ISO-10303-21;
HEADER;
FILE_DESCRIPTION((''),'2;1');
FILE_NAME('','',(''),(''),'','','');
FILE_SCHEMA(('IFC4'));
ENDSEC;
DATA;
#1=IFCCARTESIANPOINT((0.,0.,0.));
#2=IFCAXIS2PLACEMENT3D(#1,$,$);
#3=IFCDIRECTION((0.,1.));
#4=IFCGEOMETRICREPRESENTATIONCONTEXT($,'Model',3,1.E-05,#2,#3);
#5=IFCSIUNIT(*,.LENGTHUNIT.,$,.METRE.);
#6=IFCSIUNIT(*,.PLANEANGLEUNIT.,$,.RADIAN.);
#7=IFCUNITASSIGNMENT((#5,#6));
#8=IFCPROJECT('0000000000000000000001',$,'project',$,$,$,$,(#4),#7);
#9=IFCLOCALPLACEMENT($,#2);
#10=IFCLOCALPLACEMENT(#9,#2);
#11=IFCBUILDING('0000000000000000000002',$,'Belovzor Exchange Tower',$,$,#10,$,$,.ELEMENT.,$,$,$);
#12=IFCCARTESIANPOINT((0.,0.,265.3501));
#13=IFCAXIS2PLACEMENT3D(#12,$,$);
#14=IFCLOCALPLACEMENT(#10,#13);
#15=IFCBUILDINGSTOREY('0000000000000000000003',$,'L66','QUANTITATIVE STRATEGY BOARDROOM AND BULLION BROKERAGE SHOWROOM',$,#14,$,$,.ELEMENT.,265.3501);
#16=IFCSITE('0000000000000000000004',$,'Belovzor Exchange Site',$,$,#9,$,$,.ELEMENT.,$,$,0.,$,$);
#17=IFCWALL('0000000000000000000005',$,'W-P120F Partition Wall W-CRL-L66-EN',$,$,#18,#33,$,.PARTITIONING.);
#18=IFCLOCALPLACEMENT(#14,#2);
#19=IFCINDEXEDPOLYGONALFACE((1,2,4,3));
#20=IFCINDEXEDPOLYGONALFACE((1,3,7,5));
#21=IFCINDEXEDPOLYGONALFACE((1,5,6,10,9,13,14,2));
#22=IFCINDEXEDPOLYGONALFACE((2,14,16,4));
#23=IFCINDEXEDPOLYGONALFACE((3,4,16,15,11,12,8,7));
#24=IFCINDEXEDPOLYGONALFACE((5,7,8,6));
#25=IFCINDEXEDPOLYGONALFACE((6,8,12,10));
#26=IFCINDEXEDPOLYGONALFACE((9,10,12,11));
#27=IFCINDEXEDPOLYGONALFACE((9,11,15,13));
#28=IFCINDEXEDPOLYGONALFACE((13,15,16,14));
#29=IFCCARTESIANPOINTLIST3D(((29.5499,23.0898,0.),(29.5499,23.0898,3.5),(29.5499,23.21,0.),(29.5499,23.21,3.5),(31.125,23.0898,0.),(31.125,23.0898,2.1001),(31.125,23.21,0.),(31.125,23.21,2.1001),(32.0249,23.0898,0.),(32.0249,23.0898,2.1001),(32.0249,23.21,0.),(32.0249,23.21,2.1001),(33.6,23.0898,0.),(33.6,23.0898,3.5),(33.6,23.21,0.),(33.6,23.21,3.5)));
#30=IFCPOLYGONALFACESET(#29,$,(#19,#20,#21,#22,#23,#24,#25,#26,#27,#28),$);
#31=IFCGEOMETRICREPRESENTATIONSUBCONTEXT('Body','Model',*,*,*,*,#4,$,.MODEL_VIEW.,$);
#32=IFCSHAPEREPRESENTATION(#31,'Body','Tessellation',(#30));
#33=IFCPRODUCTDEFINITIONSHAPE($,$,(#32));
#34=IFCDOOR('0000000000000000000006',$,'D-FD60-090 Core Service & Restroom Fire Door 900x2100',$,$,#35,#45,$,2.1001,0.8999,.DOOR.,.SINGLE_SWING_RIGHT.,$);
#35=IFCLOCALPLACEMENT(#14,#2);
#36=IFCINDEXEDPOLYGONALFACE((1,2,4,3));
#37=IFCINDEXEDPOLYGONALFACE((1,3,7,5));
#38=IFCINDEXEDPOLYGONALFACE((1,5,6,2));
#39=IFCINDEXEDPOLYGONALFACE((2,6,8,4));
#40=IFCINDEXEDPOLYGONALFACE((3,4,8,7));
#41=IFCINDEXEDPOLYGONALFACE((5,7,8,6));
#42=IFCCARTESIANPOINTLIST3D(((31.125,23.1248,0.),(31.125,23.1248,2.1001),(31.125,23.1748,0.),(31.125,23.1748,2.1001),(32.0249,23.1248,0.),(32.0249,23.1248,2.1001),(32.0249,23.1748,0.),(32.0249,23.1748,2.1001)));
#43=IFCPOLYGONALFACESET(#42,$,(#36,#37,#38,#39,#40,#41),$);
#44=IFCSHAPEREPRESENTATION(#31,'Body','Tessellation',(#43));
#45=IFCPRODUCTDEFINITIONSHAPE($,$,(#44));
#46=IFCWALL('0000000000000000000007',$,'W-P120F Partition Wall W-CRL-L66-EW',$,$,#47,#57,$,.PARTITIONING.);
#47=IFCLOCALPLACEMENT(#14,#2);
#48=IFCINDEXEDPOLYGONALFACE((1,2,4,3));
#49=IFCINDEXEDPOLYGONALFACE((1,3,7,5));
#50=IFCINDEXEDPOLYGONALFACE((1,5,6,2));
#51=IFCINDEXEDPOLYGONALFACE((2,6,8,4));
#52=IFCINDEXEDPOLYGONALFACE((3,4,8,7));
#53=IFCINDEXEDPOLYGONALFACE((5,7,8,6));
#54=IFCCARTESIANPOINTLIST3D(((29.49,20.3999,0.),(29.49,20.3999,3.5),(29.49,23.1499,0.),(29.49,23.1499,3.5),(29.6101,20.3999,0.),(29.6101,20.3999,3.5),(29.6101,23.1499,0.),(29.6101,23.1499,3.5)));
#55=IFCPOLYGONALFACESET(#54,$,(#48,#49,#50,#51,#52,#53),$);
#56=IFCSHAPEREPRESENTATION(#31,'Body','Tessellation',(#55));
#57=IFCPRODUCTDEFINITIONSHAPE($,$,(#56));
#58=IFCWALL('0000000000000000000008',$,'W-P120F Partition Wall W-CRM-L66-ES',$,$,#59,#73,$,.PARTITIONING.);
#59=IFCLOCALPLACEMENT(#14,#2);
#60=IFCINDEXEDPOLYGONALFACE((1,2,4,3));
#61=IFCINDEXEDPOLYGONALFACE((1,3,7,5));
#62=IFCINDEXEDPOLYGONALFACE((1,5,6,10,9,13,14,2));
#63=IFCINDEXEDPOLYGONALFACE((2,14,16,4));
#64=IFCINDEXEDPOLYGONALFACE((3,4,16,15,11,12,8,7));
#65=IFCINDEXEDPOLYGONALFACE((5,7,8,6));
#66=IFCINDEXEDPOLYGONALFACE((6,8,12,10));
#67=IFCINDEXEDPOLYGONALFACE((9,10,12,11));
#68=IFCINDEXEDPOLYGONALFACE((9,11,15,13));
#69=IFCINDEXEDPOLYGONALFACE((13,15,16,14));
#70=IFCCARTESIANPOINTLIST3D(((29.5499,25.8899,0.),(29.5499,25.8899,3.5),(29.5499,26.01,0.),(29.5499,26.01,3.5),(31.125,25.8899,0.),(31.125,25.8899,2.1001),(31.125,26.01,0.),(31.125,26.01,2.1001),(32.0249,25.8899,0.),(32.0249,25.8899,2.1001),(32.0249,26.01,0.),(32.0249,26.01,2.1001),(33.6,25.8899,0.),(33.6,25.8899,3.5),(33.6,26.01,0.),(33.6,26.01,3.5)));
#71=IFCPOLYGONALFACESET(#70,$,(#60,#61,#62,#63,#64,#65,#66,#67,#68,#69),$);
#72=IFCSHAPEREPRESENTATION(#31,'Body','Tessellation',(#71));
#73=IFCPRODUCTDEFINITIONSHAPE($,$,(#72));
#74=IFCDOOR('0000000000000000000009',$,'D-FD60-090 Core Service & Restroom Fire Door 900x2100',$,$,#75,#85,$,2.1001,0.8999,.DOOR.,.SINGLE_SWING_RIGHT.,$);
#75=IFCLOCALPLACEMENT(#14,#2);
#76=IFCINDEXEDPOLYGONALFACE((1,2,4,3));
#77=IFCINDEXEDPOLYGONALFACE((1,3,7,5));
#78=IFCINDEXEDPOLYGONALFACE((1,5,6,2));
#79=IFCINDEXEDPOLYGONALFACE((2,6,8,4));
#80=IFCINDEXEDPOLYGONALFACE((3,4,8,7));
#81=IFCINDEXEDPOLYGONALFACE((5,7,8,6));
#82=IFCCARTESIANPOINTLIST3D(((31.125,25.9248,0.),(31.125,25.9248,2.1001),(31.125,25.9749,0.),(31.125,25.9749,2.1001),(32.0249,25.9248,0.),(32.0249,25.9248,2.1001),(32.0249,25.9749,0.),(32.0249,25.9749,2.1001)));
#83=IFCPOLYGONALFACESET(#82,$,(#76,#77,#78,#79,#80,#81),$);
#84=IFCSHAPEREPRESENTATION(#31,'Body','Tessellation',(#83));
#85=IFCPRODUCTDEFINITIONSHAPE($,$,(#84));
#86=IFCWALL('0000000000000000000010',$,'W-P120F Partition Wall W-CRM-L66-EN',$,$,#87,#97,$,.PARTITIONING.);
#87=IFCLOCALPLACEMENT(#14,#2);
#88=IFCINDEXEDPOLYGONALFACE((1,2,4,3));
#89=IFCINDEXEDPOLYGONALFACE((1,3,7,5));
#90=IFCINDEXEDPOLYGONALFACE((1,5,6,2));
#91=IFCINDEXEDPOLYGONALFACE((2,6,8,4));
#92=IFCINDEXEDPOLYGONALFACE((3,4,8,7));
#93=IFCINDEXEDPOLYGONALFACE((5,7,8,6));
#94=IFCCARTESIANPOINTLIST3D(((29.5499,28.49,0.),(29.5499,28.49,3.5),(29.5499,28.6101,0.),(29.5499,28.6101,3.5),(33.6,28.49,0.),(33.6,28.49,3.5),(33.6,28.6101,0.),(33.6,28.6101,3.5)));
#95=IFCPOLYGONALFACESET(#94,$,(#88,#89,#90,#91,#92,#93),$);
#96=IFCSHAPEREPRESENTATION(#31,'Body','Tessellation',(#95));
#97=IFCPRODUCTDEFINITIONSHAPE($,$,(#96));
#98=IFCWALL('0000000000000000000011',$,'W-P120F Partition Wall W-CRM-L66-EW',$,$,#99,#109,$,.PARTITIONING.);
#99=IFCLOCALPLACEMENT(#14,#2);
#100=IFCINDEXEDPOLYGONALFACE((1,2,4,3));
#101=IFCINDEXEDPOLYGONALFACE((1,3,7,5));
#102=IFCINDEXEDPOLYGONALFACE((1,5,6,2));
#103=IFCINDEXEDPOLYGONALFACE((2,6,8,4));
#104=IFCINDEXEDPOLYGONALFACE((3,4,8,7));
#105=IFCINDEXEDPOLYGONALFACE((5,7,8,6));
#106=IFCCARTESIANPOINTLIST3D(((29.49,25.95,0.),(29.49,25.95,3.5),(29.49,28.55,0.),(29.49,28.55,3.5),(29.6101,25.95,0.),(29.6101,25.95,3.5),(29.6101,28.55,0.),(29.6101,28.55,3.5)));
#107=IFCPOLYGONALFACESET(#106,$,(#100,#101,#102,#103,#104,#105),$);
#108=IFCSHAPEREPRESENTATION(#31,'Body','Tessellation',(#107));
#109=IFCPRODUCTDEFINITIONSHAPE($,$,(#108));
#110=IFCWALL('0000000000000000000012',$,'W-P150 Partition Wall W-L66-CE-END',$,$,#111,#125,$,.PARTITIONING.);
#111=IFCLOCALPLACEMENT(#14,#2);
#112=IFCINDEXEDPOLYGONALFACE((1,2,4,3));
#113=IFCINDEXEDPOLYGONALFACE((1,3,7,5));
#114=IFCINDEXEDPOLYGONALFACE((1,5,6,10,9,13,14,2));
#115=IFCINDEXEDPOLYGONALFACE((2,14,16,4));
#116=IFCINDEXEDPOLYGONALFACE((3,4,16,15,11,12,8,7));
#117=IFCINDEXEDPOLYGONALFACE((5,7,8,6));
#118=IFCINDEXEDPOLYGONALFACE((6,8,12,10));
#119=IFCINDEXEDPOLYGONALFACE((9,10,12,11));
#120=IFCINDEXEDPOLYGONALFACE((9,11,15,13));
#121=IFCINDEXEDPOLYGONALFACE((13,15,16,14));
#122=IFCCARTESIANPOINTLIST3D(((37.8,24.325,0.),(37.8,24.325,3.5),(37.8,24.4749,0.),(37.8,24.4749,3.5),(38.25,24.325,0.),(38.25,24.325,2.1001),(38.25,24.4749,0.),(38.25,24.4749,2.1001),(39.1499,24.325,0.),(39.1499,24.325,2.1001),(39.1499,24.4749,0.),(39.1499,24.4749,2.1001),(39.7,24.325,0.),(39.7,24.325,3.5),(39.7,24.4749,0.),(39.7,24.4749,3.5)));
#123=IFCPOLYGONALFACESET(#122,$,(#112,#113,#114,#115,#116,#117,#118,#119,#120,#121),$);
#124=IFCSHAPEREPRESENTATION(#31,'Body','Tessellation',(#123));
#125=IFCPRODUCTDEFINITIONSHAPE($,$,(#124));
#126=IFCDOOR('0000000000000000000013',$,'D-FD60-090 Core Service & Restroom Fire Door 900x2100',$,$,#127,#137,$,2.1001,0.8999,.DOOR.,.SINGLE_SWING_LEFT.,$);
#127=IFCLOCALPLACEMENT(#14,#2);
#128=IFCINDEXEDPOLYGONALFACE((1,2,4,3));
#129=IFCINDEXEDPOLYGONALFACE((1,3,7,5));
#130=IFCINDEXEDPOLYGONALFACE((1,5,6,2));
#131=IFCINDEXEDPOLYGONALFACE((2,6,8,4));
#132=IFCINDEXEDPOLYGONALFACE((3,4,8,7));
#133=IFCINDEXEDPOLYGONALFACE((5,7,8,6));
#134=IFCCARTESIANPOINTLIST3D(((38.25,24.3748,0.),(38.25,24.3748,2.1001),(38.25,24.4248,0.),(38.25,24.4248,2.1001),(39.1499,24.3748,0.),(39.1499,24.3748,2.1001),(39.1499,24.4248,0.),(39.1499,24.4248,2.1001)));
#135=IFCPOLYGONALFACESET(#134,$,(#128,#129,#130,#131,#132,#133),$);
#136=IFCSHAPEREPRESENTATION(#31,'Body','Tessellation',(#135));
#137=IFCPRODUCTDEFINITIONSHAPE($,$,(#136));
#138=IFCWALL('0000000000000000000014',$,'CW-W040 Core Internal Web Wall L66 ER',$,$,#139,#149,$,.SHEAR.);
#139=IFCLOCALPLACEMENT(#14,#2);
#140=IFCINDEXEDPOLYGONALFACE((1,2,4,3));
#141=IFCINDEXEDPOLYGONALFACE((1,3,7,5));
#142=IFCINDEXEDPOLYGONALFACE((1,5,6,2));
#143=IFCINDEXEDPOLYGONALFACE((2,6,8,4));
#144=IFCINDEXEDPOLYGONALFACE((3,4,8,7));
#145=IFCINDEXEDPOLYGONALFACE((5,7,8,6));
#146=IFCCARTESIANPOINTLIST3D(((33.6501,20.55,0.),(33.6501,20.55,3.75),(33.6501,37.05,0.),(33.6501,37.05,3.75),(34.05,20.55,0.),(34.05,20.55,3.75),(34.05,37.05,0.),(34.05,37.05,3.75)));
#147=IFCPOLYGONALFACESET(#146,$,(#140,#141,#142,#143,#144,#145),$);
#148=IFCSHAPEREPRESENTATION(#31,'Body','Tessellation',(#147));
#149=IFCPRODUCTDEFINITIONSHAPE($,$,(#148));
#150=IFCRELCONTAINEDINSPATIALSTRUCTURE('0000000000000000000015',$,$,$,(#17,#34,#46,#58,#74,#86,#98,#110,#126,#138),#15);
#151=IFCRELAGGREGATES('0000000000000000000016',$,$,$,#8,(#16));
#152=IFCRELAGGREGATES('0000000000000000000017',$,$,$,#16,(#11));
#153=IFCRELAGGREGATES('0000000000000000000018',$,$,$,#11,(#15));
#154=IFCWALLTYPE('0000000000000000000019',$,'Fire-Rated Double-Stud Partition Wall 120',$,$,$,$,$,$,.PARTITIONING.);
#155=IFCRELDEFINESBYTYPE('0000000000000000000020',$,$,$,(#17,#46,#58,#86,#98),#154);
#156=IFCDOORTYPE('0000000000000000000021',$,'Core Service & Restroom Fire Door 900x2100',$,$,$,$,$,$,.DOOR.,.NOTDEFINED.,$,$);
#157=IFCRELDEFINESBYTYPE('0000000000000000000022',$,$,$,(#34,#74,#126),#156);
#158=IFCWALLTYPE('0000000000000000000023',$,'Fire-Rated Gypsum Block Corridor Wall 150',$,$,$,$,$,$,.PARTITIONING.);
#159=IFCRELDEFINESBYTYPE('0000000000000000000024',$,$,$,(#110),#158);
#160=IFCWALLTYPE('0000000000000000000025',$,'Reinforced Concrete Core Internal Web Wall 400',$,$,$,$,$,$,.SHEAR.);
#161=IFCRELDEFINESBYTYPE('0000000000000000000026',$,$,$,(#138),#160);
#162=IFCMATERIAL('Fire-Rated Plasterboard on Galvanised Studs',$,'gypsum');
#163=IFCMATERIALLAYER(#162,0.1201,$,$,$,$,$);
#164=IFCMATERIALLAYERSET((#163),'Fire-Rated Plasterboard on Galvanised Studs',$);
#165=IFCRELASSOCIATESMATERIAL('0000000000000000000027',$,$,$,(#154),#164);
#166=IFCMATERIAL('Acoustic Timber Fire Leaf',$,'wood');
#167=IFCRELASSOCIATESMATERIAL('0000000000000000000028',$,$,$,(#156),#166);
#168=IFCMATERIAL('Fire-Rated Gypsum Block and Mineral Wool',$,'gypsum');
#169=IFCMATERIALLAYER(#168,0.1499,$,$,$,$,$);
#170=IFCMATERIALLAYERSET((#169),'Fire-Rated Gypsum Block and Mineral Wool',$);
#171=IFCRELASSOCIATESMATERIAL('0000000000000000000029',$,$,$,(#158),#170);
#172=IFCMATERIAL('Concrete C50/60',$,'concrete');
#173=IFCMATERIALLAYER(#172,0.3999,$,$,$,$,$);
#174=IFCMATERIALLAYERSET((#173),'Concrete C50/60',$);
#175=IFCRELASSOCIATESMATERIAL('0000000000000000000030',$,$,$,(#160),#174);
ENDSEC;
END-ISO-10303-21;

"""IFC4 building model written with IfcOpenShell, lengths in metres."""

from ifc_helpers import new_model, si_unit, direction, frame, frame_2d, origin, place, context, subcontext, project, spatial, rectangle, extrude, material, layer, layer_set, type_object, element, fill, save


model = new_model("IFC4")

# Units and contexts
model_context = context("Model", 3, precision=1e-05, world=origin(), true_north=direction((0.0, 1.0)))
body_context = subcontext(model_context, "Body", "Model", "MODEL_VIEW")
ifc_project = project(units=[si_unit("LENGTHUNIT", "METRE"), si_unit("PLANEANGLEUNIT", "RADIAN")], contexts=[model_context])

# Site, building, storey
site_placement = place(None, origin())
site = spatial("IfcSite", under=ifc_project, at=site_placement, Name="Belovzor Exchange Site", CompositionType="ELEMENT", RefElevation=0.0)
building_placement = place(site_placement, origin())
building = spatial("IfcBuilding", under=site, at=building_placement, Name="Belovzor Exchange Tower", CompositionType="ELEMENT")
storey_placement = place(building_placement, frame((0.0, 0.0, 265.3501)))
storey = spatial("IfcBuildingStorey", under=building, at=storey_placement, Name="L66", Description="QUANTITATIVE STRATEGY BOARDROOM AND BULLION BROKERAGE SHOWROOM", CompositionType="ELEMENT", Elevation=265.3501)

# Wall, opening, door
ifc_material_1 = material(Name="Fire-Rated Plasterboard on Galvanised Studs", Category="gypsum")
ifc_layer_1 = layer(ifc_material_1, 0.1201)
ifc_layer_set_1 = layer_set([ifc_layer_1], Name="Fire-Rated Plasterboard on Galvanised Studs")
wall_type_1 = type_object("IfcWallType", Name="Fire-Rated Double-Stud Partition Wall 120", PredefinedType="PARTITIONING", material=ifc_layer_set_1)
wall_1_placement = place(storey_placement, frame((29.55, 23.1499, 0.0), z_axis=(0.0, 0.0, 1.0), x_axis=(1.0, 0.0, 0.0)))
wall_1 = element("IfcWall", 1, at=wall_1_placement, inside=storey, type_object=wall_type_1, Name="W-P120F Partition Wall W-CRL-L66-EN", PredefinedType="PARTITIONING", context=body_context, shape_type="SweptSolid", body=[
    extrude(rectangle(XDim=4.05, YDim=0.1201, at=frame_2d((2.0249, 0.0))), origin(), (0.0, 0.0, 1.0), 3.5),
])
opening_1_placement = place(wall_1_placement, frame((1.575, 0.0, 0.0)))
opening_1 = element("IfcOpeningElement", 2, at=opening_1_placement, cuts=wall_1, PredefinedType="OPENING", context=body_context, shape_type="SweptSolid", body=[
    extrude(rectangle(XDim=0.8999, YDim=2.1001, at=frame_2d((0.45, 1.05))), frame((0.0, 0.0701, 0.0), z_axis=(0.0, -1.0, 0.0), x_axis=(1.0, 0.0, 0.0)), (0.0, 0.0, 1.0), 0.1401),
])
ifc_material_2 = material(Name="Acoustic Timber Fire Leaf", Category="wood")
door_type_1 = type_object("IfcDoorType", Name="Core Service & Restroom Fire Door 900x2100", OperationType="NOTDEFINED", PredefinedType="DOOR", material=ifc_material_2)
door_1_placement = place(opening_1_placement, origin())
door_1 = element("IfcDoor", 3, at=door_1_placement, inside=storey, type_object=door_type_1, Name="D-FD60-090 Core Service & Restroom Fire Door 900x2100", OperationType="SINGLE_SWING_RIGHT", OverallHeight=2.1001, OverallWidth=0.8999, PredefinedType="DOOR", context=body_context, shape_type="SweptSolid", body=[
    extrude(rectangle(XDim=0.8999, YDim=2.1001, at=frame_2d((0.45, 1.05))), frame((0.0, 0.0249, 0.0), z_axis=(0.0, -1.0, 0.0), x_axis=(1.0, 0.0, 0.0)), (0.0, 0.0, 1.0), 0.05),
])
fill(opening_1, door_1)

# Wall
wall_2_placement = place(storey_placement, frame((29.55, 20.3999, 0.0), z_axis=(0.0, 0.0, 1.0), x_axis=(0.0, 1.0, 0.0)))
element("IfcWall", 4, at=wall_2_placement, inside=storey, type_object=wall_type_1, Name="W-P120F Partition Wall W-CRL-L66-EW", PredefinedType="PARTITIONING", context=body_context, shape_type="SweptSolid", body=[
    extrude(rectangle(XDim=2.75, YDim=0.1201, at=frame_2d((1.375, 0.0))), origin(), (0.0, 0.0, 1.0), 3.5),
])

# Wall, opening, door
wall_3_placement = place(storey_placement, frame((29.55, 25.95, 0.0), z_axis=(0.0, 0.0, 1.0), x_axis=(1.0, 0.0, 0.0)))
wall_3 = element("IfcWall", 5, at=wall_3_placement, inside=storey, type_object=wall_type_1, Name="W-P120F Partition Wall W-CRM-L66-ES", PredefinedType="PARTITIONING", context=body_context, shape_type="SweptSolid", body=[
    extrude(rectangle(XDim=4.05, YDim=0.1201, at=frame_2d((2.0249, 0.0))), origin(), (0.0, 0.0, 1.0), 3.5),
])
opening_2_placement = place(wall_3_placement, frame((1.575, 0.0, 0.0)))
opening_2 = element("IfcOpeningElement", 6, at=opening_2_placement, cuts=wall_3, PredefinedType="OPENING", context=body_context, shape_type="SweptSolid", body=[
    extrude(rectangle(XDim=0.8999, YDim=2.1001, at=frame_2d((0.45, 1.05))), frame((0.0, 0.0701, 0.0), z_axis=(0.0, -1.0, 0.0), x_axis=(1.0, 0.0, 0.0)), (0.0, 0.0, 1.0), 0.1401),
])
door_2_placement = place(opening_2_placement, origin())
door_2 = element("IfcDoor", 7, at=door_2_placement, inside=storey, type_object=door_type_1, Name="D-FD60-090 Core Service & Restroom Fire Door 900x2100", OperationType="SINGLE_SWING_RIGHT", OverallHeight=2.1001, OverallWidth=0.8999, PredefinedType="DOOR", context=body_context, shape_type="SweptSolid", body=[
    extrude(rectangle(XDim=0.8999, YDim=2.1001, at=frame_2d((0.45, 1.05))), frame((0.0, 0.0249, 0.0), z_axis=(0.0, -1.0, 0.0), x_axis=(1.0, 0.0, 0.0)), (0.0, 0.0, 1.0), 0.05),
])
fill(opening_2, door_2)

# Walls
wall_4_placement = place(storey_placement, frame((29.55, 28.55, 0.0), z_axis=(0.0, 0.0, 1.0), x_axis=(1.0, 0.0, 0.0)))
element("IfcWall", 8, at=wall_4_placement, inside=storey, type_object=wall_type_1, Name="W-P120F Partition Wall W-CRM-L66-EN", PredefinedType="PARTITIONING", context=body_context, shape_type="SweptSolid", body=[
    extrude(rectangle(XDim=4.05, YDim=0.1201, at=frame_2d((2.0249, 0.0))), origin(), (0.0, 0.0, 1.0), 3.5),
])
wall_5_placement = place(storey_placement, frame((29.55, 25.95, 0.0), z_axis=(0.0, 0.0, 1.0), x_axis=(0.0, 1.0, 0.0)))
element("IfcWall", 9, at=wall_5_placement, inside=storey, type_object=wall_type_1, Name="W-P120F Partition Wall W-CRM-L66-EW", PredefinedType="PARTITIONING", context=body_context, shape_type="SweptSolid", body=[
    extrude(rectangle(XDim=2.6001, YDim=0.1201, at=frame_2d((1.3, 0.0))), origin(), (0.0, 0.0, 1.0), 3.5),
])

# Wall, opening, door
ifc_material_3 = material(Name="Fire-Rated Gypsum Block and Mineral Wool", Category="gypsum")
ifc_layer_2 = layer(ifc_material_3, 0.1499)
ifc_layer_set_2 = layer_set([ifc_layer_2], Name="Fire-Rated Gypsum Block and Mineral Wool")
wall_type_2 = type_object("IfcWallType", Name="Fire-Rated Gypsum Block Corridor Wall 150", PredefinedType="PARTITIONING", material=ifc_layer_set_2)
wall_6_placement = place(storey_placement, frame((37.8, 24.3999, 0.0), z_axis=(0.0, 0.0, 1.0), x_axis=(1.0, 0.0, 0.0)))
wall_6 = element("IfcWall", 10, at=wall_6_placement, inside=storey, type_object=wall_type_2, Name="W-P150 Partition Wall W-L66-CE-END", PredefinedType="PARTITIONING", context=body_context, shape_type="SweptSolid", body=[
    extrude(rectangle(XDim=1.8999, YDim=0.1499, at=frame_2d((0.95, 0.0))), origin(), (0.0, 0.0, 1.0), 3.5),
])
opening_3_placement = place(wall_6_placement, frame((0.45, 0.0, 0.0)))
opening_3 = element("IfcOpeningElement", 11, at=opening_3_placement, cuts=wall_6, PredefinedType="OPENING", context=body_context, shape_type="SweptSolid", body=[
    extrude(rectangle(XDim=0.8999, YDim=2.1001, at=frame_2d((0.45, 1.05))), frame((0.0, 0.085, 0.0), z_axis=(0.0, -1.0, 0.0), x_axis=(1.0, 0.0, 0.0)), (0.0, 0.0, 1.0), 0.1699),
])
door_3_placement = place(opening_3_placement, origin())
door_3 = element("IfcDoor", 12, at=door_3_placement, inside=storey, type_object=door_type_1, Name="D-FD60-090 Core Service & Restroom Fire Door 900x2100", OperationType="SINGLE_SWING_LEFT", OverallHeight=2.1001, OverallWidth=0.8999, PredefinedType="DOOR", context=body_context, shape_type="SweptSolid", body=[
    extrude(rectangle(XDim=0.8999, YDim=2.1001, at=frame_2d((0.45, 1.05))), frame((0.0, 0.0249, 0.0), z_axis=(0.0, -1.0, 0.0), x_axis=(1.0, 0.0, 0.0)), (0.0, 0.0, 1.0), 0.05),
])
fill(opening_3, door_3)

# Wall
ifc_material_4 = material(Name="Concrete C50/60", Category="concrete")
ifc_layer_3 = layer(ifc_material_4, 0.3999)
ifc_layer_set_3 = layer_set([ifc_layer_3], Name="Concrete C50/60")
wall_type_3 = type_object("IfcWallType", Name="Reinforced Concrete Core Internal Web Wall 400", PredefinedType="SHEAR", material=ifc_layer_set_3)
wall_7_placement = place(storey_placement, frame((33.8501, 20.55, 0.0), z_axis=(0.0, 0.0, 1.0), x_axis=(0.0, 1.0, 0.0)))
element("IfcWall", 13, at=wall_7_placement, inside=storey, type_object=wall_type_3, Name="CW-W040 Core Internal Web Wall L66 ER", PredefinedType="SHEAR", context=body_context, shape_type="SweptSolid", body=[
    extrude(rectangle(XDim=16.5, YDim=0.3999, at=frame_2d((8.25, 0.0))), origin(), (0.0, 0.0, 1.0), 3.75),
])

save(model, "model.ifc")
